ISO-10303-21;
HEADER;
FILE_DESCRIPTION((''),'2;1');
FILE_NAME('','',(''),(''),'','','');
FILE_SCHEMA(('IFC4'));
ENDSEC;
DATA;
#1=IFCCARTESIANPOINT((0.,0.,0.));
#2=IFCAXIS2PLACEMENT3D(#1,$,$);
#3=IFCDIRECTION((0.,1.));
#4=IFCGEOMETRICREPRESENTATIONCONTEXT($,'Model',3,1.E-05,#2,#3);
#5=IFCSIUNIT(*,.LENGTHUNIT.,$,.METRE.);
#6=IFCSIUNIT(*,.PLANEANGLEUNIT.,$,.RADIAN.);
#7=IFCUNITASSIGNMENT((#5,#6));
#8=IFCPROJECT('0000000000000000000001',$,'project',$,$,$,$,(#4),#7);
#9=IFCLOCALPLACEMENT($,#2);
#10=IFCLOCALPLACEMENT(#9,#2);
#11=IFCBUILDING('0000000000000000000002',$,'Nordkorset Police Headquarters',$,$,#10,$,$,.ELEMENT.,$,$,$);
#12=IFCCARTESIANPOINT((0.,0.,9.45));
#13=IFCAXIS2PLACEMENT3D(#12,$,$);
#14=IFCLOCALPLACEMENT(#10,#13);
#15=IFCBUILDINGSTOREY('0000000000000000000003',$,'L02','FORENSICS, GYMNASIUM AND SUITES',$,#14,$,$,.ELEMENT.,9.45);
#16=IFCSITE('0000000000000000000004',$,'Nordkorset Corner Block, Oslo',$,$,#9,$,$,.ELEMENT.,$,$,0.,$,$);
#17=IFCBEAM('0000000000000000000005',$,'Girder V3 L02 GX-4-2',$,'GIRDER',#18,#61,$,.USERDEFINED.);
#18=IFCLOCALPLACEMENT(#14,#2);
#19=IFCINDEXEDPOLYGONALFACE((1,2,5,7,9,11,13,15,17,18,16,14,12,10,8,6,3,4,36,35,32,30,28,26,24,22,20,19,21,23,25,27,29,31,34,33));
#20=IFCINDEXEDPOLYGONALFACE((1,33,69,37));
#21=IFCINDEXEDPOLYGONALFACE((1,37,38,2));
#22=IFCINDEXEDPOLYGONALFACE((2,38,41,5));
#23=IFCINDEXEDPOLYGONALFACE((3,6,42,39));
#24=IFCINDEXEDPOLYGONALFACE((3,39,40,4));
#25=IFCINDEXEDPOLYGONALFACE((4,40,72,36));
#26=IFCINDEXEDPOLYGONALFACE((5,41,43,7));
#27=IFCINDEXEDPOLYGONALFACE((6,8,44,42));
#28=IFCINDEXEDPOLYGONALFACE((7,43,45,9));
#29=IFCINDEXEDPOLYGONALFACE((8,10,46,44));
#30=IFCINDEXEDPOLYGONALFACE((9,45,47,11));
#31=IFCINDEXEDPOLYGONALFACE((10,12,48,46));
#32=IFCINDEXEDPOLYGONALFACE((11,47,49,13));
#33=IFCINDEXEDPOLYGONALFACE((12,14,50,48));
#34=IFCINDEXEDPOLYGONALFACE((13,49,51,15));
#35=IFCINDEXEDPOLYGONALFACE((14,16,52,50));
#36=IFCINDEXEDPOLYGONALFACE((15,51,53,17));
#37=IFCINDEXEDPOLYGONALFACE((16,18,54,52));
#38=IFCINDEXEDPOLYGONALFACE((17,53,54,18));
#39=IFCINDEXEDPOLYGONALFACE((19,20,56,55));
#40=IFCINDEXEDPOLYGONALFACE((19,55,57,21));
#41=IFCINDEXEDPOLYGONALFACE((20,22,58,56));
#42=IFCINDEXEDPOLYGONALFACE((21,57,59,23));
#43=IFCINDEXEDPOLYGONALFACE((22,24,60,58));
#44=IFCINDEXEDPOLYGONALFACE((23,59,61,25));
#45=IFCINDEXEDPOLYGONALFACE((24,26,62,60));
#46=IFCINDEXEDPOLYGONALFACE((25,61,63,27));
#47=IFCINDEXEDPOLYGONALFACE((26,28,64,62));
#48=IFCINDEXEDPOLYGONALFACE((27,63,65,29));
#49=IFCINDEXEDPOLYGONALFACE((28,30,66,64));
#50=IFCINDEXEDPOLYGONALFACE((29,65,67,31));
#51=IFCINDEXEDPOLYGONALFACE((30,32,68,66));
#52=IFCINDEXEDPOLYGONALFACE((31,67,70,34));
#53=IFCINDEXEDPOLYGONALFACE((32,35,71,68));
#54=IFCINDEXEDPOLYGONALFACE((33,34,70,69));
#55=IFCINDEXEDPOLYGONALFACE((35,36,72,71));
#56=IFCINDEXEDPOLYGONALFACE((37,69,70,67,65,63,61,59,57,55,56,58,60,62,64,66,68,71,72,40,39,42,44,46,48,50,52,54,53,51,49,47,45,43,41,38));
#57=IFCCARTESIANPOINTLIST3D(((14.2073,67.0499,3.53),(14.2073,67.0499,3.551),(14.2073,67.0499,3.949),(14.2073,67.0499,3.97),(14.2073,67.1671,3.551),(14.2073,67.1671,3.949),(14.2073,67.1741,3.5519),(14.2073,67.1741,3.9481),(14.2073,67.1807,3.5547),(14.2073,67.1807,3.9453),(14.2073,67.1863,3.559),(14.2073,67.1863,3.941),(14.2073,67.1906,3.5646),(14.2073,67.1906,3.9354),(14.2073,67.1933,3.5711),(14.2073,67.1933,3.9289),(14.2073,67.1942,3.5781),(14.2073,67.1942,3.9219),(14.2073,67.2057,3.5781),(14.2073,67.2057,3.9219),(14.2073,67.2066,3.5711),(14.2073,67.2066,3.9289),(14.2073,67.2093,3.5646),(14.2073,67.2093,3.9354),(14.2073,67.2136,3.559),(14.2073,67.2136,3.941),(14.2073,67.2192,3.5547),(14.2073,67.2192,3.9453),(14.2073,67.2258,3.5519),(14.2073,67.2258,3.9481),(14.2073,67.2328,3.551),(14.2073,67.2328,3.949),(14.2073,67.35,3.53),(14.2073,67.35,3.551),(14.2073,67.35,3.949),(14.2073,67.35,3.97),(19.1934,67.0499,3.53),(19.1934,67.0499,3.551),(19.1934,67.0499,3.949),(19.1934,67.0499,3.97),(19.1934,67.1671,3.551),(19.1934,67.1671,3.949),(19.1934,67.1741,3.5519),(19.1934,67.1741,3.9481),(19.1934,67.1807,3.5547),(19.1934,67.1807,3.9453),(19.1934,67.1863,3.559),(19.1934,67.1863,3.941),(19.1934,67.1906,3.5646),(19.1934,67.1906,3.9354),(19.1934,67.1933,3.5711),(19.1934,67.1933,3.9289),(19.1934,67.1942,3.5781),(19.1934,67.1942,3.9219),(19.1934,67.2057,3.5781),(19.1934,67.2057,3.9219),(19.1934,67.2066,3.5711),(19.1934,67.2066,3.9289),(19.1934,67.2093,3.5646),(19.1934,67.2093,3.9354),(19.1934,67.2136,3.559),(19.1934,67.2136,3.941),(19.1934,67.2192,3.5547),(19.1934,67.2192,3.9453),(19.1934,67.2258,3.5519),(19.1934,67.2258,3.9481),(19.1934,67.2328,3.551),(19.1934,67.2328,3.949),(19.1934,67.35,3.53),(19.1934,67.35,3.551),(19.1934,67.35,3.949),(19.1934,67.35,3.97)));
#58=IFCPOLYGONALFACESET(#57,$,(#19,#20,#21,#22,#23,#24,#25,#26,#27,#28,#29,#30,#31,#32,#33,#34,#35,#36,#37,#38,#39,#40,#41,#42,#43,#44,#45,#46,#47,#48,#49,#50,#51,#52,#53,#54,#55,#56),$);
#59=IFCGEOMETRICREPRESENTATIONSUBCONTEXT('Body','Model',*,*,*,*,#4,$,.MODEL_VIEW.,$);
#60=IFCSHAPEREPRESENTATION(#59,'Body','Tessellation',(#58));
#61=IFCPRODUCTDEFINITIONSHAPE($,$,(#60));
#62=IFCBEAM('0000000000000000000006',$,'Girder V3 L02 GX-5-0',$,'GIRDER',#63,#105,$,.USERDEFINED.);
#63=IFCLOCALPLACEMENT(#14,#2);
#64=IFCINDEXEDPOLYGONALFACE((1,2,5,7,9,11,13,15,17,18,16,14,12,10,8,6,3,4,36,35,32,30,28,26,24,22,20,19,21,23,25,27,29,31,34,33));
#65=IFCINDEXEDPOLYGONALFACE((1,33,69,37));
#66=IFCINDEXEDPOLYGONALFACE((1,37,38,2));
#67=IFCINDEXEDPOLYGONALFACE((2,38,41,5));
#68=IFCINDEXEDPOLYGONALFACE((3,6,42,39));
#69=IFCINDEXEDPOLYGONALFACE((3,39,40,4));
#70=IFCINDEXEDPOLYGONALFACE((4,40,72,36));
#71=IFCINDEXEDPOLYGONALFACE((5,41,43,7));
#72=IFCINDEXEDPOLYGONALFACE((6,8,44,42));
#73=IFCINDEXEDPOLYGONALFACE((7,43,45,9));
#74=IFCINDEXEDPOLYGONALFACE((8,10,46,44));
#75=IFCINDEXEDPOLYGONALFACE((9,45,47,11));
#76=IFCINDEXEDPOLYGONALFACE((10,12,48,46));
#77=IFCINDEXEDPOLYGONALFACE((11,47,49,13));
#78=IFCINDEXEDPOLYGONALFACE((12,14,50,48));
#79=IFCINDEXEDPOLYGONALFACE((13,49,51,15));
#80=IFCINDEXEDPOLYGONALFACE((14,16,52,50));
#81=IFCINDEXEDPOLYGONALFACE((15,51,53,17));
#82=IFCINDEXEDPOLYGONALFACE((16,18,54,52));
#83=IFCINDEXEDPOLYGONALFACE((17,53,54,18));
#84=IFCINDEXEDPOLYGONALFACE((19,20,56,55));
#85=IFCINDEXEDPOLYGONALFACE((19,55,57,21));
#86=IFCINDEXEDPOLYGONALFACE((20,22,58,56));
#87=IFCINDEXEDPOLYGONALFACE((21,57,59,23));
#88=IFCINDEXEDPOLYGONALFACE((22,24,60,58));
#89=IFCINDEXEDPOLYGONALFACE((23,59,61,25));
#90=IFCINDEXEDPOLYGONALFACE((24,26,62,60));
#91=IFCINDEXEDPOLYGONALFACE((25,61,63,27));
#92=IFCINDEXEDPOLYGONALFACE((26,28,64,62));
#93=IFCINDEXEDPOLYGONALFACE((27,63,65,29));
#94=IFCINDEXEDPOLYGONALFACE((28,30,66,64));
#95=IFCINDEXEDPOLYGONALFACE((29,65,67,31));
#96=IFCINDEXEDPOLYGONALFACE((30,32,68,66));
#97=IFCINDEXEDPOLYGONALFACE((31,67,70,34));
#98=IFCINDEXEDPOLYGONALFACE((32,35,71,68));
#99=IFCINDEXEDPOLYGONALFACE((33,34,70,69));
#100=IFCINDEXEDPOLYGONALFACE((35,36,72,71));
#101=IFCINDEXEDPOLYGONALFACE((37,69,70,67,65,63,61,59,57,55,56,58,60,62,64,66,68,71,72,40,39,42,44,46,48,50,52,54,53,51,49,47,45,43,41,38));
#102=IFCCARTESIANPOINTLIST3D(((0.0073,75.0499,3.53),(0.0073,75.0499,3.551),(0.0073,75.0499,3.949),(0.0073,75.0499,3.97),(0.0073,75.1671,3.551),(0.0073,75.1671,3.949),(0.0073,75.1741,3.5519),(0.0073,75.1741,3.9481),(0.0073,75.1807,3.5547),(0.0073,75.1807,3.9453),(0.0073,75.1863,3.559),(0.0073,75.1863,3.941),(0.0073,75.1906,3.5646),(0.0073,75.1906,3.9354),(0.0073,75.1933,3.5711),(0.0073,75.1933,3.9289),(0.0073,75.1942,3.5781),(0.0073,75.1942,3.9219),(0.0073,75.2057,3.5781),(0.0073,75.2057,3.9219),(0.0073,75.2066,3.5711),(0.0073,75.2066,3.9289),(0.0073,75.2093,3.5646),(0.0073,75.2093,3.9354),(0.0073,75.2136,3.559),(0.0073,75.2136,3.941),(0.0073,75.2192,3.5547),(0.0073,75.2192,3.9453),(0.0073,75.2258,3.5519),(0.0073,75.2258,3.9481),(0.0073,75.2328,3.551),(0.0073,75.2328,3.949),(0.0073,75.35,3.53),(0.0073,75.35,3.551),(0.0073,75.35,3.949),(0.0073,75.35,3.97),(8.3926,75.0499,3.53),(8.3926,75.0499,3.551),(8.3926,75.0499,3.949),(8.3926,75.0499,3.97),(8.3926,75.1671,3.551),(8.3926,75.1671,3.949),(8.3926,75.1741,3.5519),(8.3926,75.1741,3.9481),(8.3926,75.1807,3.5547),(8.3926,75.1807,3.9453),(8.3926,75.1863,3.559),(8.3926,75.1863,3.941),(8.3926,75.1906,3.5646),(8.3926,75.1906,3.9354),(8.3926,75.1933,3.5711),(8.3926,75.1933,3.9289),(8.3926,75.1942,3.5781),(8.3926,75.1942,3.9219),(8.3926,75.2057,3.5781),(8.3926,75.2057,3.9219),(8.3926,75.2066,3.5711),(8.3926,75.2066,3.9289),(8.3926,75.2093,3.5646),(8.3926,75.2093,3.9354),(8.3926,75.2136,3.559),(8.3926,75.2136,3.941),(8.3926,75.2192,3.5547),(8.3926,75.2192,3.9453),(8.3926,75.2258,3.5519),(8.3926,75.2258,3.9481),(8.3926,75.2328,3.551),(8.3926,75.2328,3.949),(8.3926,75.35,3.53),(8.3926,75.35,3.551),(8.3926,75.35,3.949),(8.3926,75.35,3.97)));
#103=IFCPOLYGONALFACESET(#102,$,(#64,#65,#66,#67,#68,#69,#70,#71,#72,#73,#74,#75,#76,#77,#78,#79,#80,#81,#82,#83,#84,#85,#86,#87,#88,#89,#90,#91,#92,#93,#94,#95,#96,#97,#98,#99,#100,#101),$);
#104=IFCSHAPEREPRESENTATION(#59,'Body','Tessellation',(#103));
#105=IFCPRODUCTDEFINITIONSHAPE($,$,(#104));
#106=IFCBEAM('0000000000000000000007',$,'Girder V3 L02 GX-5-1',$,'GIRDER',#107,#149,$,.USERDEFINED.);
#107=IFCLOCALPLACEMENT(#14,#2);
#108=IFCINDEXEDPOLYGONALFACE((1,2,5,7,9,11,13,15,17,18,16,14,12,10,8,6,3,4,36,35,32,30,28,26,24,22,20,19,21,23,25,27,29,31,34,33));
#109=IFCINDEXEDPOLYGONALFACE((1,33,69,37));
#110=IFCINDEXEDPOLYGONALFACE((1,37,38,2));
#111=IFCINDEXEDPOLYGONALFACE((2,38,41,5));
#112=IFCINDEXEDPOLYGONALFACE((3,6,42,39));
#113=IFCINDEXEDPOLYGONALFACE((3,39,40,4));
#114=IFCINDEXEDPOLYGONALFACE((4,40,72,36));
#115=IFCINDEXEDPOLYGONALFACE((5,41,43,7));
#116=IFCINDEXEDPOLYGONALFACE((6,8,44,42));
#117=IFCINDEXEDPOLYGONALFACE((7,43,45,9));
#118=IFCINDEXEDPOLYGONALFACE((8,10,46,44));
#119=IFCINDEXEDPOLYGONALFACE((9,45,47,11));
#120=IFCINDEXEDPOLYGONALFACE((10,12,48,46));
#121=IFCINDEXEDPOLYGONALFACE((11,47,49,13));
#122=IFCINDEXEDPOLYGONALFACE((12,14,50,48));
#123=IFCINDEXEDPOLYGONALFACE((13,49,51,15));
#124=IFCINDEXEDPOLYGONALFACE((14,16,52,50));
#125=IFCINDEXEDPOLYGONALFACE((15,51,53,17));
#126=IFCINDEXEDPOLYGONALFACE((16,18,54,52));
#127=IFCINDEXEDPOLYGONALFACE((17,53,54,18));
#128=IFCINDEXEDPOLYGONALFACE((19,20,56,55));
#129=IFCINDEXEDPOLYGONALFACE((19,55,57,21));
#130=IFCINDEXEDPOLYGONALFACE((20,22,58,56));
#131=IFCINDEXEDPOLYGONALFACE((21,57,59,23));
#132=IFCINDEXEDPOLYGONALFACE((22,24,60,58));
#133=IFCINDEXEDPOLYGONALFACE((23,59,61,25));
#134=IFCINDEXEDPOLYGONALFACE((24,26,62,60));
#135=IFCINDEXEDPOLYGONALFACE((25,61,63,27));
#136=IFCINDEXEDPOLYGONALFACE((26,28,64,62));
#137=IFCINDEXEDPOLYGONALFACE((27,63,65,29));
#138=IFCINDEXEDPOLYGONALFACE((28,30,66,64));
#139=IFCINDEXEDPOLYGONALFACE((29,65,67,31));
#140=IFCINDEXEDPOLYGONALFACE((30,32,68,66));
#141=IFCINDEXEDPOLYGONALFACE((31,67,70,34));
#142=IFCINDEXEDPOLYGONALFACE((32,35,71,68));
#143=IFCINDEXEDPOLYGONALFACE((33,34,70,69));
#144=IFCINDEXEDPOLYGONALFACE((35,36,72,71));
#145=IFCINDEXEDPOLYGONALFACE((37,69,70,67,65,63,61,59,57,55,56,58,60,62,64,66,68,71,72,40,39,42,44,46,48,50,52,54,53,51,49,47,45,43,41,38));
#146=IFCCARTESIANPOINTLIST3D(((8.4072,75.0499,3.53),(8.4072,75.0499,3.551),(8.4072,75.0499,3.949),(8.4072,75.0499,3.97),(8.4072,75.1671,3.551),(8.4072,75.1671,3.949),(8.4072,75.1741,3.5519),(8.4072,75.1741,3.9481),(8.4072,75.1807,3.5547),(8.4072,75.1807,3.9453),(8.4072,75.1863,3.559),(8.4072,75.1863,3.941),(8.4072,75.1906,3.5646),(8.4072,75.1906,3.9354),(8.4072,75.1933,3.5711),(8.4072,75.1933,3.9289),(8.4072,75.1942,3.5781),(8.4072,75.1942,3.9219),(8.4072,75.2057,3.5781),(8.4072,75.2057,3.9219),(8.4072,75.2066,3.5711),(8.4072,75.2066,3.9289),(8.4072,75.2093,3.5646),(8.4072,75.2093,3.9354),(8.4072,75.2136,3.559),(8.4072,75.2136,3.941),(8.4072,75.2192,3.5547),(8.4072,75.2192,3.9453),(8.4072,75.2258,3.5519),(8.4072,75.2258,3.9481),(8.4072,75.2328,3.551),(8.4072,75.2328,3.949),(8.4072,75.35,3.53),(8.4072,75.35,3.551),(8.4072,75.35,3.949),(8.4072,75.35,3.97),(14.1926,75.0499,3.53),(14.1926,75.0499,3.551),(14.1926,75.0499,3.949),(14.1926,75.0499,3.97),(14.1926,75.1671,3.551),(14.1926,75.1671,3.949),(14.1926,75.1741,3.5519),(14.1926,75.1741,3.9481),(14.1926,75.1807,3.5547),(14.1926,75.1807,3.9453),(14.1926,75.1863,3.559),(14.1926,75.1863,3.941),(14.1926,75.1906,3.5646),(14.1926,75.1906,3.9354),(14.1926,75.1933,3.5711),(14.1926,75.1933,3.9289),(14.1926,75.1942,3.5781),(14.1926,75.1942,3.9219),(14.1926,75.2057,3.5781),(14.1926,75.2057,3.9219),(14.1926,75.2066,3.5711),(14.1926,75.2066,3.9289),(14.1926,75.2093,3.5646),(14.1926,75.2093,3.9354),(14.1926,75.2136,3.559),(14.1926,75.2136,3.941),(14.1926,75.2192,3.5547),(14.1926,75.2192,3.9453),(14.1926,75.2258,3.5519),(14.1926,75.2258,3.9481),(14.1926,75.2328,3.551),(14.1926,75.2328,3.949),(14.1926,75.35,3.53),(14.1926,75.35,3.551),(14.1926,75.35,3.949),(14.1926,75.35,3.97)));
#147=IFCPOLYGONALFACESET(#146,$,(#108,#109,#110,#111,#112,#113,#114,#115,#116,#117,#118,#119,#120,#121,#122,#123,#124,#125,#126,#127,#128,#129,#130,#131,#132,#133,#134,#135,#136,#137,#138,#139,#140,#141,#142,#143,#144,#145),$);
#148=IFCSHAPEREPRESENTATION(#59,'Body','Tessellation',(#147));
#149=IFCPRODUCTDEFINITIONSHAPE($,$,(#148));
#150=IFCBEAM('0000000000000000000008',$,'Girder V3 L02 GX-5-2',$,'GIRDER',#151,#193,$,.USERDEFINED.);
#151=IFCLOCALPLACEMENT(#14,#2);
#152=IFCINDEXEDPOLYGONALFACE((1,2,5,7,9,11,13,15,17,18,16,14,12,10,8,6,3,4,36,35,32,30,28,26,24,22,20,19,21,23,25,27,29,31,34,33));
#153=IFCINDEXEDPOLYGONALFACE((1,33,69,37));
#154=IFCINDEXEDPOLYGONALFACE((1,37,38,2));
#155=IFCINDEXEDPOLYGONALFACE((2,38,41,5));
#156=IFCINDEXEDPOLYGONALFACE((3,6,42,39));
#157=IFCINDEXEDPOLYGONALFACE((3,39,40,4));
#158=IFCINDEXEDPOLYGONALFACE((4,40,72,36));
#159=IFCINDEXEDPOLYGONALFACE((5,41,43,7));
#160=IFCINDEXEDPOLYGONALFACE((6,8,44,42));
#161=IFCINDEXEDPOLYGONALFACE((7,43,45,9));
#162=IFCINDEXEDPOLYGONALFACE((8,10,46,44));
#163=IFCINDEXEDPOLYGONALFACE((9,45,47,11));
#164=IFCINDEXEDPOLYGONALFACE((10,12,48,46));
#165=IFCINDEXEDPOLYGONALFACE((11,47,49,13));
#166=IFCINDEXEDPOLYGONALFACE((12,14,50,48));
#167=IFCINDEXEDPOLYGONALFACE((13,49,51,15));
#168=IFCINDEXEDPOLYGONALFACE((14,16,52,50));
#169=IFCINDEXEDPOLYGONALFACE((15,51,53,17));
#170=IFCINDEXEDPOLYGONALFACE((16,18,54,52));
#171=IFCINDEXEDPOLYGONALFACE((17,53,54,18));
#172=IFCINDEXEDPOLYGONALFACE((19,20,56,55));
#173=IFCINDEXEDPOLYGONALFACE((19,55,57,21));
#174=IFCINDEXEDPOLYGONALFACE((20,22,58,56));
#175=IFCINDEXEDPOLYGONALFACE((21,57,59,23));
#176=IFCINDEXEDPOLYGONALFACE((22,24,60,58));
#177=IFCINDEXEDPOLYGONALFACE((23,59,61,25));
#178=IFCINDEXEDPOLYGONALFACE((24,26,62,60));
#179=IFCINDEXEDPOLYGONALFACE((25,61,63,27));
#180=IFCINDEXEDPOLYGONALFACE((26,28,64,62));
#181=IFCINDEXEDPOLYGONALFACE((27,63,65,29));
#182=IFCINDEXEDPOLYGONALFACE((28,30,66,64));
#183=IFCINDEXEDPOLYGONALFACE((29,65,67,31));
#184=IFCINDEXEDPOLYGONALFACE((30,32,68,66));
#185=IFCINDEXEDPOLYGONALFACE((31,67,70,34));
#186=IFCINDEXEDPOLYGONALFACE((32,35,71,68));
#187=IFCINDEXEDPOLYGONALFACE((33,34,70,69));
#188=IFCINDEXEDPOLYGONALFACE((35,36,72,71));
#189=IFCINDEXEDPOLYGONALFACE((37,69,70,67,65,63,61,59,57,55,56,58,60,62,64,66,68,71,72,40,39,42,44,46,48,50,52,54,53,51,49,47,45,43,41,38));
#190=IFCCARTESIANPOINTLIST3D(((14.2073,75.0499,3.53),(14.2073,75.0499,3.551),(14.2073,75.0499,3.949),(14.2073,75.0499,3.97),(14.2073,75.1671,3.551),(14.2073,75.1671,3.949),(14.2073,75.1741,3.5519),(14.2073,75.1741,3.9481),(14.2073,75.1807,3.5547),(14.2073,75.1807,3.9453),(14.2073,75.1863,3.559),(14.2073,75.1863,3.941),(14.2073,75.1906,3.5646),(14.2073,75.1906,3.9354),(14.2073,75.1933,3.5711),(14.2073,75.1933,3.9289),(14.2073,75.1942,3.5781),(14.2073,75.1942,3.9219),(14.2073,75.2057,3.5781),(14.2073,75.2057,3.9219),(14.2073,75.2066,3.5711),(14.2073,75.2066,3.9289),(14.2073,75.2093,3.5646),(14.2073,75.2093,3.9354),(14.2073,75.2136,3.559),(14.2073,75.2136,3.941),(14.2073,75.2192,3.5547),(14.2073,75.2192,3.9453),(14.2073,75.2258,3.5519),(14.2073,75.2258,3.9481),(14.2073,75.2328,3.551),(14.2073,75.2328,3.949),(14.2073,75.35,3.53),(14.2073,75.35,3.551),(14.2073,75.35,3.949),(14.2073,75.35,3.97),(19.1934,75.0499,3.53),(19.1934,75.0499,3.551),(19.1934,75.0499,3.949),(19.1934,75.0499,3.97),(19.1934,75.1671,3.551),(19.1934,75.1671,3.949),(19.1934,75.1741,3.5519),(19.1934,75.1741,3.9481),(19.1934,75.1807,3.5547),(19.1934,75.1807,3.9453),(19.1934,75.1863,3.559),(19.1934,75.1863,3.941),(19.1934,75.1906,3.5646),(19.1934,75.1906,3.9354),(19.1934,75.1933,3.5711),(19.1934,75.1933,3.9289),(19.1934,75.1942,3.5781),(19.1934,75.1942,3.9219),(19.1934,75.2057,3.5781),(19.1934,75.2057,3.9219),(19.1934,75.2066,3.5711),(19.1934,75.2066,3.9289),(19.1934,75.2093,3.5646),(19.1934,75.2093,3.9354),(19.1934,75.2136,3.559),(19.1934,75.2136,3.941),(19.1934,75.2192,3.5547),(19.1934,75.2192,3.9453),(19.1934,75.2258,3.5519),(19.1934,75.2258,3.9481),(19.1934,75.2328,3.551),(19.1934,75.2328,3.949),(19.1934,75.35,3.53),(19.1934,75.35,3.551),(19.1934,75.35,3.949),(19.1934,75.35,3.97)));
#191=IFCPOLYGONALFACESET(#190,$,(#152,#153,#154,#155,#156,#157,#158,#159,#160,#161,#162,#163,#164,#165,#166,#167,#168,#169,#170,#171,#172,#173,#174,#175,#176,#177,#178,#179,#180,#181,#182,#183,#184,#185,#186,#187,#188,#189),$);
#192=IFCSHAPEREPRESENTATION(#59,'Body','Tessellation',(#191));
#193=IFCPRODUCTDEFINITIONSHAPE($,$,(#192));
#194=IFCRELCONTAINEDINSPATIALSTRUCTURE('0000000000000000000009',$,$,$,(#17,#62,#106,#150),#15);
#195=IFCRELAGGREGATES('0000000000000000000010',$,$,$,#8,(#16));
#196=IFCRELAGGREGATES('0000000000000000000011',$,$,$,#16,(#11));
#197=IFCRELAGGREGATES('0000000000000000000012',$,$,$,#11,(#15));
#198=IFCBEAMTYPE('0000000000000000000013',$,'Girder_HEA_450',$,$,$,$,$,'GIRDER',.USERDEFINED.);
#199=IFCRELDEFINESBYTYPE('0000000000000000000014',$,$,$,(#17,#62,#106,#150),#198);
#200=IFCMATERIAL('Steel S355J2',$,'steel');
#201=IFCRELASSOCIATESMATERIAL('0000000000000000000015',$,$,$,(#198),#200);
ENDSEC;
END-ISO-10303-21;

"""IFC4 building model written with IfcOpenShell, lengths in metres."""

from ifc_helpers import new_model, si_unit, direction, frame, origin, origin_2d, place, context, subcontext, project, spatial, i_section, extrude, material, material_profile, profile_set, type_object, element, save


model = new_model("IFC4")

# Units and contexts
model_context = context("Model", 3, precision=1e-05, world=origin(), true_north=direction((0.0, 1.0)))
body_context = subcontext(model_context, "Body", "Model", "MODEL_VIEW")
ifc_project = project(units=[si_unit("LENGTHUNIT", "METRE"), si_unit("PLANEANGLEUNIT", "RADIAN")], contexts=[model_context])

# Site, building, storey
site_placement = place(None, origin())
site = spatial("IfcSite", under=ifc_project, at=site_placement, Name="Nordkorset Corner Block, Oslo", CompositionType="ELEMENT", RefElevation=0.0)
building_placement = place(site_placement, origin())
building = spatial("IfcBuilding", under=site, at=building_placement, Name="Nordkorset Police Headquarters", CompositionType="ELEMENT")
storey_placement = place(building_placement, frame((0.0, 0.0, 9.45)))
storey = spatial("IfcBuildingStorey", under=building, at=storey_placement, Name="L02", Description="FORENSICS, GYMNASIUM AND SUITES", CompositionType="ELEMENT", Elevation=9.45)

# Beams
ifc_material_1 = material(Name="Steel S355J2", Category="steel")
ifc_material_profile_1 = material_profile(ifc_material_1, i_section(OverallWidth=0.3, OverallDepth=0.4399, WebThickness=0.0115, FlangeThickness=0.021, FilletRadius=0.0271, at=origin_2d()), Name="HEA 450")
ifc_profile_set_1 = profile_set([ifc_material_profile_1], Name="Steel S355J2")
beam_type_1 = type_object("IfcBeamType", Name="Girder_HEA_450", ElementType="GIRDER", PredefinedType="USERDEFINED", material=ifc_profile_set_1)
beam_1_placement = place(storey_placement, frame((14.2073, 67.2, 3.75), z_axis=(1.0, 0.0, 0.0), x_axis=(0.0, 1.0, 0.0)))
element("IfcBeam", 1, at=beam_1_placement, inside=storey, type_object=beam_type_1, Name="Girder V3 L02 GX-4-2", ObjectType="GIRDER", PredefinedType="USERDEFINED", context=body_context, shape_type="SweptSolid", body=[
    extrude(i_section(OverallWidth=0.3, OverallDepth=0.4399, WebThickness=0.0115, FlangeThickness=0.021, FilletRadius=0.0271, at=origin_2d()), origin(), (0.0, 0.0, 1.0), 4.9861),
])
beam_2_placement = place(storey_placement, frame((0.0073, 75.2, 3.75), z_axis=(1.0, 0.0, 0.0), x_axis=(0.0, 1.0, 0.0)))
element("IfcBeam", 2, at=beam_2_placement, inside=storey, type_object=beam_type_1, Name="Girder V3 L02 GX-5-0", ObjectType="GIRDER", PredefinedType="USERDEFINED", context=body_context, shape_type="SweptSolid", body=[
    extrude(i_section(OverallWidth=0.3, OverallDepth=0.4399, WebThickness=0.0115, FlangeThickness=0.021, FilletRadius=0.0271, at=origin_2d()), origin(), (0.0, 0.0, 1.0), 8.3853),
])
beam_3_placement = place(storey_placement, frame((8.4072, 75.2, 3.75), z_axis=(1.0, 0.0, 0.0), x_axis=(0.0, 1.0, 0.0)))
element("IfcBeam", 3, at=beam_3_placement, inside=storey, type_object=beam_type_1, Name="Girder V3 L02 GX-5-1", ObjectType="GIRDER", PredefinedType="USERDEFINED", context=body_context, shape_type="SweptSolid", body=[
    extrude(i_section(OverallWidth=0.3, OverallDepth=0.4399, WebThickness=0.0115, FlangeThickness=0.021, FilletRadius=0.0271, at=origin_2d()), origin(), (0.0, 0.0, 1.0), 5.7854),
])
beam_4_placement = place(storey_placement, frame((14.2073, 75.2, 3.75), z_axis=(1.0, 0.0, 0.0), x_axis=(0.0, 1.0, 0.0)))
element("IfcBeam", 4, at=beam_4_placement, inside=storey, type_object=beam_type_1, Name="Girder V3 L02 GX-5-2", ObjectType="GIRDER", PredefinedType="USERDEFINED", context=body_context, shape_type="SweptSolid", body=[
    extrude(i_section(OverallWidth=0.3, OverallDepth=0.4399, WebThickness=0.0115, FlangeThickness=0.021, FilletRadius=0.0271, at=origin_2d()), origin(), (0.0, 0.0, 1.0), 4.9861),
])

save(model, "model.ifc")
